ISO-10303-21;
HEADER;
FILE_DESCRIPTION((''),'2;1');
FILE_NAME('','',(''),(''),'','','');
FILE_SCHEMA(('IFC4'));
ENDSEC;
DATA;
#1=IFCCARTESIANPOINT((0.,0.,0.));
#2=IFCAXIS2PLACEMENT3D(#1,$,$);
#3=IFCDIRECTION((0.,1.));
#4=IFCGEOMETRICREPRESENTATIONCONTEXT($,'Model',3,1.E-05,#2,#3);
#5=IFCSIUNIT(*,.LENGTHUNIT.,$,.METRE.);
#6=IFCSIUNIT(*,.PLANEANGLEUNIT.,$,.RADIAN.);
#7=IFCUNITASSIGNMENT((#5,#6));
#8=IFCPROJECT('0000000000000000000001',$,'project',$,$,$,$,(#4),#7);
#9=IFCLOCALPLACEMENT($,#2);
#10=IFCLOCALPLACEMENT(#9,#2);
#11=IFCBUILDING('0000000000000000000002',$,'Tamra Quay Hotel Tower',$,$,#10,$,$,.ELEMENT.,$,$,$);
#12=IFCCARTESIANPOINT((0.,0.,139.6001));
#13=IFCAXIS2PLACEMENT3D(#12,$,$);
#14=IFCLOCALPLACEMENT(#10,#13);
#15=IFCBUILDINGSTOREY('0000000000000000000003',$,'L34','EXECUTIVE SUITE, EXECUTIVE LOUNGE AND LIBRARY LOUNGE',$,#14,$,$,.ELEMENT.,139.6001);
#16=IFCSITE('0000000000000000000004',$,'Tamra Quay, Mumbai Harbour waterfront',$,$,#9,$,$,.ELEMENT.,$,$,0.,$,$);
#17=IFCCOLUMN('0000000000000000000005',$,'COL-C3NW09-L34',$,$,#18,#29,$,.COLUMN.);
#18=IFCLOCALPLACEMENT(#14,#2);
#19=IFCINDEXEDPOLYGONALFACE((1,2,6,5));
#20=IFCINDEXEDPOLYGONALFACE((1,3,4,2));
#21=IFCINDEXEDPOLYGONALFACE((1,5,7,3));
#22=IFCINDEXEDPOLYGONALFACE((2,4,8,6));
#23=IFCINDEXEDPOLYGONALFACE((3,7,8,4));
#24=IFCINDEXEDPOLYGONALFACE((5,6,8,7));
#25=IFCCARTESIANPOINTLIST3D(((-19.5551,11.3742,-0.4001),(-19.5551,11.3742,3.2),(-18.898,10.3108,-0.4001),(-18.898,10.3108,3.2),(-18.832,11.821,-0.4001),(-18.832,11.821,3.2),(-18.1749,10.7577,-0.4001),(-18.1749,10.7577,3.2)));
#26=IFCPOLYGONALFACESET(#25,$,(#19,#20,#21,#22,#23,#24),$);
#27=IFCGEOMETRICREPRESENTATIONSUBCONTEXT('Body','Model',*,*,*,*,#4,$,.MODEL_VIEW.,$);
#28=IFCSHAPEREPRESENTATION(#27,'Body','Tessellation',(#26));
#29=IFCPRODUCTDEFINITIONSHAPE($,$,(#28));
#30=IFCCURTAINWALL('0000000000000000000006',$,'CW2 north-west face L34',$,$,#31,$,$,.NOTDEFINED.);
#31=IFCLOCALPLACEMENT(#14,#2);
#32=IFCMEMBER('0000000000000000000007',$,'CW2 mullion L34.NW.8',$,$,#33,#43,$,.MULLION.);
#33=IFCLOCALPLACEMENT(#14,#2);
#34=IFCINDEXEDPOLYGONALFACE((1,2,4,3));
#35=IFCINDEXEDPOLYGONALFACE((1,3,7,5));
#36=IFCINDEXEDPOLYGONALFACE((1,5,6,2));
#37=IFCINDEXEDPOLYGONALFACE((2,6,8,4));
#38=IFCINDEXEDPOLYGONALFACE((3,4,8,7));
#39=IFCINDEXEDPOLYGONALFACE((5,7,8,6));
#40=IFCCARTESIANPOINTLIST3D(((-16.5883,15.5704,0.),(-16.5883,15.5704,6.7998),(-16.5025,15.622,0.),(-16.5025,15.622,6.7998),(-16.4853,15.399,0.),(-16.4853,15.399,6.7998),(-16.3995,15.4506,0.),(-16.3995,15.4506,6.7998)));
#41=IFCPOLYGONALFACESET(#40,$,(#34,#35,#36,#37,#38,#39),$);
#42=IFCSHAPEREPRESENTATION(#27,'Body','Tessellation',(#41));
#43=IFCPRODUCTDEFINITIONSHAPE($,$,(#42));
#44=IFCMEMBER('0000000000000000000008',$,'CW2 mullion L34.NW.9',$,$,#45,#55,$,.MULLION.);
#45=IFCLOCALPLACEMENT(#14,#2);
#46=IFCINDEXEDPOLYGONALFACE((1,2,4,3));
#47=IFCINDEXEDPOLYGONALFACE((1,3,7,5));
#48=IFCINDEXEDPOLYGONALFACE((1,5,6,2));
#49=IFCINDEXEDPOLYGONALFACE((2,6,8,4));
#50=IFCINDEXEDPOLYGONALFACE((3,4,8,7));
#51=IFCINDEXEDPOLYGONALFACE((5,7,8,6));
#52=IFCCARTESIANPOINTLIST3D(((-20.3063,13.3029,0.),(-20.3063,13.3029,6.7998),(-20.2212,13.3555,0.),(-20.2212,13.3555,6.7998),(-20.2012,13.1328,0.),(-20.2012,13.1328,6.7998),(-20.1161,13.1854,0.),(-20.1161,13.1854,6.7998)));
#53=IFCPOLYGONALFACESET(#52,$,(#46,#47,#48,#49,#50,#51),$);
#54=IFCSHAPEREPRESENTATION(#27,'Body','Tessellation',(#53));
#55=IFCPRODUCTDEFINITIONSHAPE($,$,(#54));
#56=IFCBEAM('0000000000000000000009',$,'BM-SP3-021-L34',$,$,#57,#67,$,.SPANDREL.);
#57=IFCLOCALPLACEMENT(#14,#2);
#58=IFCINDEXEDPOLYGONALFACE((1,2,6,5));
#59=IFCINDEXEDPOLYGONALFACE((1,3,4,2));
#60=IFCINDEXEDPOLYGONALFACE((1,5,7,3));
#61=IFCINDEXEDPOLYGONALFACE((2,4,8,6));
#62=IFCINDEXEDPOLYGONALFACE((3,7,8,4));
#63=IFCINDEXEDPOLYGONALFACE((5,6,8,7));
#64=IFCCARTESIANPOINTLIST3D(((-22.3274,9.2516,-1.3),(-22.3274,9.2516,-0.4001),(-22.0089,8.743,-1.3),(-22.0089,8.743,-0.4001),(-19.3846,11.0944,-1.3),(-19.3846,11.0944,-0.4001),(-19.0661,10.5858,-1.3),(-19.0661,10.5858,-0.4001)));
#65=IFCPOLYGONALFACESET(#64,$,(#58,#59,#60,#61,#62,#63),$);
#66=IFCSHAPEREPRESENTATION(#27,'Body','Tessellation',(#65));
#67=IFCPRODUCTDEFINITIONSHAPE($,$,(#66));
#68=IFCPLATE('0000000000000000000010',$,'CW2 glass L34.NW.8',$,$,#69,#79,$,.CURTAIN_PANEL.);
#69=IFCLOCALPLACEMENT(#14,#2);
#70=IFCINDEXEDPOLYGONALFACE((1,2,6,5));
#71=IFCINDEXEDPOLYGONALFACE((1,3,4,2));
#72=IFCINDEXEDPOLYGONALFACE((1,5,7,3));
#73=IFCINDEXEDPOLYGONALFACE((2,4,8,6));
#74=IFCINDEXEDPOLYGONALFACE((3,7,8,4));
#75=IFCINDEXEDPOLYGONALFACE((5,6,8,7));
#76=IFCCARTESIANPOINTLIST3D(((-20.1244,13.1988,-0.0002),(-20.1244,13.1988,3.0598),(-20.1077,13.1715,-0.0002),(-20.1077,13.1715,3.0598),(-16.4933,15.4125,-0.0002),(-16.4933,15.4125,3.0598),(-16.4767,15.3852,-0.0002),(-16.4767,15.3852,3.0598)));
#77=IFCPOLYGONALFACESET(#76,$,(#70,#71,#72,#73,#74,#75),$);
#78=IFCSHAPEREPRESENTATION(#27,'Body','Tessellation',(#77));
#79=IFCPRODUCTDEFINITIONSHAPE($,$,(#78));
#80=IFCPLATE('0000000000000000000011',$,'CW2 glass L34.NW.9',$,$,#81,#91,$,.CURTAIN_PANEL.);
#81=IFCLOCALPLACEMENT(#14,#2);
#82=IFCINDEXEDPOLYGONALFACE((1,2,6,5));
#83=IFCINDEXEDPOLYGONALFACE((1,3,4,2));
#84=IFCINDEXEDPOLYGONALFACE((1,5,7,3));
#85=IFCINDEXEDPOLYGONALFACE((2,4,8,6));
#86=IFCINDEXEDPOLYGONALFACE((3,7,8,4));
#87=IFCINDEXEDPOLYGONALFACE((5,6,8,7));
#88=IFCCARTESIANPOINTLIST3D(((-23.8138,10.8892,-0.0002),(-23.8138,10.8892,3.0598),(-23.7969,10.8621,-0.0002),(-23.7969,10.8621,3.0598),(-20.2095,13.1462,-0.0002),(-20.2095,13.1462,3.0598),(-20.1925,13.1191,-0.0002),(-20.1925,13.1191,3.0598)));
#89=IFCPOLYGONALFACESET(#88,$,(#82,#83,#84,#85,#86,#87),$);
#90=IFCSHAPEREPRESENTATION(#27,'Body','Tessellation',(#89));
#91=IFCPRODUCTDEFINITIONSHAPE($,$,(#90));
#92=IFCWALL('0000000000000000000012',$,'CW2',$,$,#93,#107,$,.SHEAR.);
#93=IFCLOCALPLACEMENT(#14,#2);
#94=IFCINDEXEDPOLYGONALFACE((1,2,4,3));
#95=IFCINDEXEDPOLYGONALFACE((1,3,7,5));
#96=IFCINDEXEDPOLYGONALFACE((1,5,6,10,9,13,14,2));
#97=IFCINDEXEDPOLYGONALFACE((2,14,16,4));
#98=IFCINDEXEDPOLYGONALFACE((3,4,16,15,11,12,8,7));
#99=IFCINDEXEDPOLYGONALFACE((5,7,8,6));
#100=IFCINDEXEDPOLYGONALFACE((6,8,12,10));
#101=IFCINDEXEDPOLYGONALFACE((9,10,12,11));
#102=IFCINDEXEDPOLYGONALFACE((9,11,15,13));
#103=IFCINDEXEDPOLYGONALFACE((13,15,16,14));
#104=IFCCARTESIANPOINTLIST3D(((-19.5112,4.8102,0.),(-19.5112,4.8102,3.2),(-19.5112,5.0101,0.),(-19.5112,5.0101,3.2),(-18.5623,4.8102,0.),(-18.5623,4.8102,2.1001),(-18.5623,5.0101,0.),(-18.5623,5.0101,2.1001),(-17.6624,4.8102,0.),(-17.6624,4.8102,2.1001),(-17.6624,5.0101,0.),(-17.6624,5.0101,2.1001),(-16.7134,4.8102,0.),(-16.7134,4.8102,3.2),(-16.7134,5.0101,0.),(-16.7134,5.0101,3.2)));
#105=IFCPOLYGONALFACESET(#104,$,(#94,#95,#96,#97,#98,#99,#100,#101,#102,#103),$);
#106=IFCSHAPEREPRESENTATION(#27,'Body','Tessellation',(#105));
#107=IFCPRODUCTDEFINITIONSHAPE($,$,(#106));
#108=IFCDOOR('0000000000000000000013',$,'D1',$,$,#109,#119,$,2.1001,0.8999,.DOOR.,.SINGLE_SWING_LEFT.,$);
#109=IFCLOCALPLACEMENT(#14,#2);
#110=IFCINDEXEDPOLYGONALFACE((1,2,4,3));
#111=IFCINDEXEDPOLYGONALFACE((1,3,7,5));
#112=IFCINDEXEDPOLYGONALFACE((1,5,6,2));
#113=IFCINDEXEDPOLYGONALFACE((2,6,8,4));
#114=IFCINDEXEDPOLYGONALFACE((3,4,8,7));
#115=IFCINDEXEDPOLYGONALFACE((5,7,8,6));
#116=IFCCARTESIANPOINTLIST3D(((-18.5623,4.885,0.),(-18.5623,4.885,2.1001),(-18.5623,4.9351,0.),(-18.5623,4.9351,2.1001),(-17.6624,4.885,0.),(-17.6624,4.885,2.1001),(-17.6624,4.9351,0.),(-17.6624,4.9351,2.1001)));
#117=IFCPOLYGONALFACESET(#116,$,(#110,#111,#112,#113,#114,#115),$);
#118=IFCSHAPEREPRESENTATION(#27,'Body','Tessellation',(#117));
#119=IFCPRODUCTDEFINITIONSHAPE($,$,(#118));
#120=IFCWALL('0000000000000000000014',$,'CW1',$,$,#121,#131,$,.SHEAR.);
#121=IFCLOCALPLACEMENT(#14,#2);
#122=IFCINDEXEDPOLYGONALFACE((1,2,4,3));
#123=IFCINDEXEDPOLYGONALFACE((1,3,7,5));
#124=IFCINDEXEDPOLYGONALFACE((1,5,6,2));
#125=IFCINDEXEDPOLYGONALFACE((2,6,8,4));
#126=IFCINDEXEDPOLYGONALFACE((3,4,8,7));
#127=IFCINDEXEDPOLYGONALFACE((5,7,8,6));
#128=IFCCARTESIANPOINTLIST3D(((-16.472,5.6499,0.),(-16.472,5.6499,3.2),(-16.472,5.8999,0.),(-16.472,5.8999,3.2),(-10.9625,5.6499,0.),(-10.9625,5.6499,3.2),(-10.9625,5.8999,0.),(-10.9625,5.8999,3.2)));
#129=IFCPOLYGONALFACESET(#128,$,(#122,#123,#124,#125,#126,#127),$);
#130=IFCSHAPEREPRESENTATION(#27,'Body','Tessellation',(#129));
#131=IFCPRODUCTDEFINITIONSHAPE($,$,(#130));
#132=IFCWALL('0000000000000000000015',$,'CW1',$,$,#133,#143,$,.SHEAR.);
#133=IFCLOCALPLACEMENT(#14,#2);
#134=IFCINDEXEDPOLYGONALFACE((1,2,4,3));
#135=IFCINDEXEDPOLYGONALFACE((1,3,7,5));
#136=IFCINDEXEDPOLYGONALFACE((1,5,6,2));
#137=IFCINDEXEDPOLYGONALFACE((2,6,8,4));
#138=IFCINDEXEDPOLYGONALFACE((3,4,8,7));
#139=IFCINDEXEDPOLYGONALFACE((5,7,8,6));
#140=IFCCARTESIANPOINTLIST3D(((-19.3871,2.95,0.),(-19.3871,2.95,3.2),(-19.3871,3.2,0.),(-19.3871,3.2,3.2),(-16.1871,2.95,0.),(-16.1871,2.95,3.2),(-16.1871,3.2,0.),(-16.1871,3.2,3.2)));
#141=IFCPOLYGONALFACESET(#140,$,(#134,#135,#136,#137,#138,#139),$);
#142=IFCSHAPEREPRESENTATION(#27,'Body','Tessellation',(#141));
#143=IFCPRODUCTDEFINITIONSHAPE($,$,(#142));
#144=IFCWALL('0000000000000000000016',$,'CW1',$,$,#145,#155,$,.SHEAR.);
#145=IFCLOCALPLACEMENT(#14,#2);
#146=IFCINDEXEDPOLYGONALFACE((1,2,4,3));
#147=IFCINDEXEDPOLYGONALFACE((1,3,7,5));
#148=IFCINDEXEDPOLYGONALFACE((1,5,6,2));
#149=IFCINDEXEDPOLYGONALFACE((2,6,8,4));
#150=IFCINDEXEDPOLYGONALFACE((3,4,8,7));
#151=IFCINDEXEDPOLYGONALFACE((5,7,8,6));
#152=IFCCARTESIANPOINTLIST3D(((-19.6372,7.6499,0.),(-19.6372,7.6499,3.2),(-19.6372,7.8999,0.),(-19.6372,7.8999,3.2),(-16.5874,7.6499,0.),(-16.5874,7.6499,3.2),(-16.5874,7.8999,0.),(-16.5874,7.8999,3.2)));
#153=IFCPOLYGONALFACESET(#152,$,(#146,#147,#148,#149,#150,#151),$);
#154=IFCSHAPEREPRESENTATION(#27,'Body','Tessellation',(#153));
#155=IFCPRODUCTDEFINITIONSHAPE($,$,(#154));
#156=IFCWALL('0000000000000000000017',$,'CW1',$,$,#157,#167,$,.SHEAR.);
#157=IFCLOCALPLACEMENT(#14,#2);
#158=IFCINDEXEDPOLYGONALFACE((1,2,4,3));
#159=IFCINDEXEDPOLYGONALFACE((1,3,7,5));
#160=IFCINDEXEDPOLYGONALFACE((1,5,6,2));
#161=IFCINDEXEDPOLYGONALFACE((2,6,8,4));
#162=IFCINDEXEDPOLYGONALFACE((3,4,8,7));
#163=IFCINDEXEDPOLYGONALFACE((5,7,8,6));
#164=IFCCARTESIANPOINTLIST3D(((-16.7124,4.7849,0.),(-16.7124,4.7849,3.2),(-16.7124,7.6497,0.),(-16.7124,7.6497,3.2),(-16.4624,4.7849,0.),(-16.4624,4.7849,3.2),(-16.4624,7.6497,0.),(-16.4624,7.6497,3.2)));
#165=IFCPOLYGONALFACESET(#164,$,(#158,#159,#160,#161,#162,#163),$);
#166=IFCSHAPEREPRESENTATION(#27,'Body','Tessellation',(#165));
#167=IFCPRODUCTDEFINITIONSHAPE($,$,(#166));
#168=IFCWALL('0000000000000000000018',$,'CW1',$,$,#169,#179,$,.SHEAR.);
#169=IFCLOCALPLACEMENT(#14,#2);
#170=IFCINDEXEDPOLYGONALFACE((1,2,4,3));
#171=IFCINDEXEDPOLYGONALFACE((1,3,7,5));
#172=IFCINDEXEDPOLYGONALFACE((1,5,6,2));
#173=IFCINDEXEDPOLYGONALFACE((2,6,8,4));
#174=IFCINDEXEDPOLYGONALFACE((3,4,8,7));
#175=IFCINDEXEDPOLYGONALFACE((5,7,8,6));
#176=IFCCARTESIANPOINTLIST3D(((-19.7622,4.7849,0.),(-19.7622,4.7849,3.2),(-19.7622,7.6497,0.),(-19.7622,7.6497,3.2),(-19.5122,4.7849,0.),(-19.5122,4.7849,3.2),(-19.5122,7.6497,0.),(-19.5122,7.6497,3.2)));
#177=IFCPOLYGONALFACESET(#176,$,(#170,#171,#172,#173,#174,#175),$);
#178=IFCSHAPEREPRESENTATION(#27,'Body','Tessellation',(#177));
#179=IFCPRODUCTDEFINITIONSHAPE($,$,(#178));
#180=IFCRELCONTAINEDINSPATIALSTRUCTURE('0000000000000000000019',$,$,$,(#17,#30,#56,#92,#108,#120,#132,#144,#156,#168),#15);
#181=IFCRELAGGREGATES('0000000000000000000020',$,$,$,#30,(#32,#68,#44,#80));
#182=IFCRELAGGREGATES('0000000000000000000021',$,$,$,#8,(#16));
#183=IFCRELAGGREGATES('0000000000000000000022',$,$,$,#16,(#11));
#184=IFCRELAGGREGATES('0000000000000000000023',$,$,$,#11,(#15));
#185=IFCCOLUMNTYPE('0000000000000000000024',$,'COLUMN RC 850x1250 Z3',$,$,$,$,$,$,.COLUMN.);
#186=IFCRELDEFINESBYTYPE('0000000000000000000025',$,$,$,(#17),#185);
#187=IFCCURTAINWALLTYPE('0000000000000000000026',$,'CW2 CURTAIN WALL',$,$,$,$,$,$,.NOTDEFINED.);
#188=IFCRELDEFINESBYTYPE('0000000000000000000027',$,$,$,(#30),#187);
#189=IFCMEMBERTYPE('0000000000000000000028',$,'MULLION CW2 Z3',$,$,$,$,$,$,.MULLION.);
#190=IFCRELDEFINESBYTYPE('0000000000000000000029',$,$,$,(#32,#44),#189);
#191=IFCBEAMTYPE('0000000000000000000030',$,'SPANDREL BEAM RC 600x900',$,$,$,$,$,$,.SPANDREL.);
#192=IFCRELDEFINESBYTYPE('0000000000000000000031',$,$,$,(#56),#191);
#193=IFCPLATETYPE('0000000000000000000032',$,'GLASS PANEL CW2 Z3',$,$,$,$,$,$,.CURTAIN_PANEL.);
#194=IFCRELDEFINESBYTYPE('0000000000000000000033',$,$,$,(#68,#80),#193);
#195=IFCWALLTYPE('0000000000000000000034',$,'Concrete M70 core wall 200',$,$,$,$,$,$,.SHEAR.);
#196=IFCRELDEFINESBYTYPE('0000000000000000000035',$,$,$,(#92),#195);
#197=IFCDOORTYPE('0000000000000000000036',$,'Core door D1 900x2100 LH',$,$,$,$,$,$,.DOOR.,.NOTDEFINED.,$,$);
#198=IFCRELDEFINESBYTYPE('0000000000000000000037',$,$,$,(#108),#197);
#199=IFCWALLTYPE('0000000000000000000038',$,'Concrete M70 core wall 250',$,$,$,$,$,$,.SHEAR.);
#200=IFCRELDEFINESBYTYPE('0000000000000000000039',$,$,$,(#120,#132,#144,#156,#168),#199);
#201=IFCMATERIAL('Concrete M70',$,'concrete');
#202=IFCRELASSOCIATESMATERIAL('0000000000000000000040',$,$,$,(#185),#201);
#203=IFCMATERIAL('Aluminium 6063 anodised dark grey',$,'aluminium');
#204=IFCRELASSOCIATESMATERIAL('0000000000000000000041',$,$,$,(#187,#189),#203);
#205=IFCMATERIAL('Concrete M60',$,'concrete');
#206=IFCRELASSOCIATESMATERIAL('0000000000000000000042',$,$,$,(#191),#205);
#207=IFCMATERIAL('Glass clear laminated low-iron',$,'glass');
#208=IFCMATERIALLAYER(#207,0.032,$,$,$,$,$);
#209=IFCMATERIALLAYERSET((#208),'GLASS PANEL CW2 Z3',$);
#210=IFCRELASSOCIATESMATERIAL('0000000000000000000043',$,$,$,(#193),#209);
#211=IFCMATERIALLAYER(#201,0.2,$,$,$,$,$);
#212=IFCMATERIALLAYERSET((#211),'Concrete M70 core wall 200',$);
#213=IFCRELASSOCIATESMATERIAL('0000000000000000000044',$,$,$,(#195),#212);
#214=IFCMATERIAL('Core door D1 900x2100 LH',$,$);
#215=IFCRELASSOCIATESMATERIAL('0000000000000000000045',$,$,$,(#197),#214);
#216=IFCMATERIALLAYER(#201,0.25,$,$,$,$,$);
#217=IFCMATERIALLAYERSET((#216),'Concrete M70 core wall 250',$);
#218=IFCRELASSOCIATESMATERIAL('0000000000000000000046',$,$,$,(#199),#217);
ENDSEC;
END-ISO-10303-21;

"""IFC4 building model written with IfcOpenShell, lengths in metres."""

from ifc_helpers import new_model, si_unit, direction, frame, frame_2d, origin, origin_2d, place, context, subcontext, project, spatial, rectangle, extrude, material, layer, layer_set, material_profile, profile_set, type_object, element, fill, aggregate, save


model = new_model("IFC4")

# Units and contexts
model_context = context("Model", 3, precision=1e-05, world=origin(), true_north=direction((0.0, 1.0)))
body_context = subcontext(model_context, "Body", "Model", "MODEL_VIEW")
ifc_project = project(units=[si_unit("LENGTHUNIT", "METRE"), si_unit("PLANEANGLEUNIT", "RADIAN")], contexts=[model_context])

# Site, building, storey
site_placement = place(None, origin())
site = spatial("IfcSite", under=ifc_project, at=site_placement, Name="Tamra Quay, Mumbai Harbour waterfront", CompositionType="ELEMENT", RefElevation=0.0)
building_placement = place(site_placement, origin())
building = spatial("IfcBuilding", under=site, at=building_placement, Name="Tamra Quay Hotel Tower", CompositionType="ELEMENT")
storey_placement = place(building_placement, frame((0.0, 0.0, 139.6001)))
storey = spatial("IfcBuildingStorey", under=building, at=storey_placement, Name="L34", Description="EXECUTIVE SUITE, EXECUTIVE LOUNGE AND LIBRARY LOUNGE", CompositionType="ELEMENT", Elevation=139.6001)

# Column
ifc_material_1 = material(Name="Concrete M70", Category="concrete")
ifc_material_profile_1 = material_profile(ifc_material_1, rectangle(XDim=1.25, YDim=0.8501, at=origin_2d()), Name="COLUMN RC 850x1250 Z3")
ifc_profile_set_1 = profile_set([ifc_material_profile_1], Name="Concrete M70")
column_type = type_object("IfcColumnType", Name="COLUMN RC 850x1250 Z3", PredefinedType="COLUMN", material=ifc_profile_set_1)
column_placement = place(storey_placement, frame((-18.865, 11.0659, -0.4001), z_axis=(0.0, 0.0, 1.0), x_axis=(-0.525677, 0.850685, 0.0)))
element("IfcColumn", 1, at=column_placement, inside=storey, type_object=column_type, Name="COL-C3NW09-L34", PredefinedType="COLUMN", context=body_context, shape_type="SweptSolid", body=[
    extrude(rectangle(XDim=1.25, YDim=0.8501, at=origin_2d()), origin(), (0.0, 0.0, 1.0), 3.6001),
])

# Curtain wall, members
ifc_material_2 = material(Name="Aluminium 6063 anodised dark grey", Category="aluminium")
curtain_wall_type = type_object("IfcCurtainWallType", Name="CW2 CURTAIN WALL", PredefinedType="NOTDEFINED", material=ifc_material_2)
curtain_wall_placement = place(storey_placement, origin())
curtain_wall = element("IfcCurtainWall", 2, at=curtain_wall_placement, inside=storey, type_object=curtain_wall_type, Name="CW2 north-west face L34", PredefinedType="NOTDEFINED")
ifc_material_profile_2 = material_profile(ifc_material_2, rectangle(XDim=0.2, YDim=0.1001, at=origin_2d()), Name="MULLION 100X200")
ifc_profile_set_2 = profile_set([ifc_material_profile_2], Name="Aluminium 6063 anodised dark grey")
member_type = type_object("IfcMemberType", Name="MULLION CW2 Z3", PredefinedType="MULLION", material=ifc_profile_set_2)
member_1_placement = place(storey_placement, frame((-16.4939, 15.5105, 0.0), z_axis=(0.0, 0.0, 1.0), x_axis=(-0.515445, 0.856923, 0.0)))
member_1 = element("IfcMember", 3, at=member_1_placement, type_object=member_type, Name="CW2 mullion L34.NW.8", PredefinedType="MULLION", context=body_context, shape_type="SweptSolid", body=[
    extrude(rectangle(XDim=0.2, YDim=0.1001, at=origin_2d()), origin(), (0.0, 0.0, 1.0), 6.7998),
])
member_2_placement = place(storey_placement, frame((-20.2112, 13.2441, 0.0), z_axis=(0.0, 0.0, 1.0), x_axis=(-0.525646, 0.850703, 0.0)))
member_2 = element("IfcMember", 4, at=member_2_placement, type_object=member_type, Name="CW2 mullion L34.NW.9", PredefinedType="MULLION", context=body_context, shape_type="SweptSolid", body=[
    extrude(rectangle(XDim=0.2, YDim=0.1001, at=origin_2d()), origin(), (0.0, 0.0, 1.0), 6.7998),
])

# Beam
ifc_material_3 = material(Name="Concrete M60", Category="concrete")
ifc_material_profile_3 = material_profile(ifc_material_3, rectangle(XDim=0.6001, YDim=0.8999, at=origin_2d()), Name="SPANDREL BEAM RC 600x900")
ifc_profile_set_3 = profile_set([ifc_material_profile_3], Name="Concrete M60")
beam_type = type_object("IfcBeamType", Name="SPANDREL BEAM RC 600x900", PredefinedType="SPANDREL", material=ifc_profile_set_3)
beam_placement = place(storey_placement, frame((-19.2253, 10.8401, -0.8501), z_axis=(-0.847548, -0.530719, 0.0), x_axis=(0.530719, -0.847548, 0.0)))
element("IfcBeam", 5, at=beam_placement, inside=storey, type_object=beam_type, Name="BM-SP3-021-L34", PredefinedType="SPANDREL", context=body_context, shape_type="SweptSolid", body=[
    extrude(rectangle(XDim=0.6001, YDim=0.8999, at=origin_2d()), origin(), (0.0, 0.0, 1.0), 3.4722),
])

# Plates
ifc_material_4 = material(Name="Glass clear laminated low-iron", Category="glass")
ifc_layer_1 = layer(ifc_material_4, 0.032)
ifc_layer_set_1 = layer_set([ifc_layer_1], Name="GLASS PANEL CW2 Z3")
plate_type = type_object("IfcPlateType", Name="GLASS PANEL CW2 Z3", PredefinedType="CURTAIN_PANEL", material=ifc_layer_set_1)
plate_1_placement = place(storey_placement, frame((-18.3005, 14.292, -0.0002), z_axis=(0.0, 0.0, 1.0), x_axis=(-0.85383, -0.520552, 0.0)))
plate_1 = element("IfcPlate", 6, at=plate_1_placement, type_object=plate_type, Name="CW2 glass L34.NW.8", PredefinedType="CURTAIN_PANEL", context=body_context, shape_type="SweptSolid", body=[
    extrude(rectangle(XDim=4.2527, YDim=0.032, at=origin_2d()), origin(), (0.0, 0.0, 1.0), 3.0601),
])
plate_2_placement = place(storey_placement, frame((-22.0032, 12.0042, -0.0002), z_axis=(0.0, 0.0, 1.0), x_axis=(-0.847546, -0.530722, 0.0)))
plate_2 = element("IfcPlate", 7, at=plate_2_placement, type_object=plate_type, Name="CW2 glass L34.NW.9", PredefinedType="CURTAIN_PANEL", context=body_context, shape_type="SweptSolid", body=[
    extrude(rectangle(XDim=4.2527, YDim=0.032, at=origin_2d()), origin(), (0.0, 0.0, 1.0), 3.0601),
])
aggregate(curtain_wall, [member_1, plate_1, member_2, plate_2])

# Wall, opening, door
ifc_layer_2 = layer(ifc_material_1, 0.2)
ifc_layer_set_2 = layer_set([ifc_layer_2], Name="Concrete M70 core wall 200")
wall_type_1 = type_object("IfcWallType", Name="Concrete M70 core wall 200", PredefinedType="SHEAR", material=ifc_layer_set_2)
wall_1_placement = place(storey_placement, frame((-19.5112, 4.9102, 0.0), z_axis=(0.0, 0.0, 1.0), x_axis=(1.0, 0.0, 0.0)))
wall_1 = element("IfcWall", 8, at=wall_1_placement, inside=storey, type_object=wall_type_1, Name="CW2", PredefinedType="SHEAR", context=body_context, shape_type="SweptSolid", body=[
    extrude(rectangle(XDim=2.7979, YDim=0.2, at=frame_2d((1.3989, 0.0))), origin(), (0.0, 0.0, 1.0), 3.2),
])
opening_1_placement = place(wall_1_placement, frame((0.949, 0.0, 0.0)))
opening_1 = element("IfcOpeningElement", 9, at=opening_1_placement, cuts=wall_1, PredefinedType="OPENING", context=body_context, shape_type="SweptSolid", body=[
    extrude(rectangle(XDim=0.8999, YDim=2.1001, at=frame_2d((0.45, 1.05))), frame((0.0, 0.1099, 0.0), z_axis=(0.0, -1.0, 0.0), x_axis=(1.0, 0.0, 0.0)), (0.0, 0.0, 1.0), 0.22),
])
ifc_material_5 = material(Name="Core door D1 900x2100 LH")
door_type_1 = type_object("IfcDoorType", Name="Core door D1 900x2100 LH", OperationType="NOTDEFINED", PredefinedType="DOOR", material=ifc_material_5)
door_1_placement = place(opening_1_placement, origin())
door_1 = element("IfcDoor", 10, at=door_1_placement, inside=storey, type_object=door_type_1, Name="D1", OperationType="SINGLE_SWING_LEFT", OverallHeight=2.1001, OverallWidth=0.8999, PredefinedType="DOOR", context=body_context, shape_type="SweptSolid", body=[
    extrude(rectangle(XDim=0.8999, YDim=2.1001, at=frame_2d((0.45, 1.05))), frame((0.0, 0.0249, 0.0), z_axis=(0.0, -1.0, 0.0), x_axis=(1.0, 0.0, 0.0)), (0.0, 0.0, 1.0), 0.05),
])
fill(opening_1, door_1)

# Walls
ifc_layer_3 = layer(ifc_material_1, 0.25)
ifc_layer_set_3 = layer_set([ifc_layer_3], Name="Concrete M70 core wall 250")
wall_type_2 = type_object("IfcWallType", Name="Concrete M70 core wall 250", PredefinedType="SHEAR", material=ifc_layer_set_3)
wall_2_placement = place(storey_placement, frame((-16.4722, 5.7749, 0.0), z_axis=(0.0, 0.0, 1.0), x_axis=(1.0, 0.0, 0.0)))
element("IfcWall", 11, at=wall_2_placement, inside=storey, type_object=wall_type_2, Name="CW1", PredefinedType="SHEAR", context=body_context, shape_type="SweptSolid", body=[
    extrude(rectangle(XDim=5.5095, YDim=0.25, at=frame_2d((2.7549, 0.0))), origin(), (0.0, 0.0, 1.0), 3.2),
])
wall_3_placement = place(storey_placement, frame((-19.3872, 3.075, 0.0), z_axis=(0.0, 0.0, 1.0), x_axis=(1.0, 0.0, 0.0)))
element("IfcWall", 12, at=wall_3_placement, inside=storey, type_object=wall_type_2, Name="CW1", PredefinedType="SHEAR", context=body_context, shape_type="SweptSolid", body=[
    extrude(rectangle(XDim=3.2, YDim=0.25, at=frame_2d((1.6001, 0.0))), origin(), (0.0, 0.0, 1.0), 3.2),
])
wall_4_placement = place(storey_placement, frame((-19.6372, 7.7749, 0.0), z_axis=(0.0, 0.0, 1.0), x_axis=(1.0, 0.0, 0.0)))
element("IfcWall", 13, at=wall_4_placement, inside=storey, type_object=wall_type_2, Name="CW1", PredefinedType="SHEAR", context=body_context, shape_type="SweptSolid", body=[
    extrude(rectangle(XDim=3.0498, YDim=0.25, at=frame_2d((1.5249, 0.0))), origin(), (0.0, 0.0, 1.0), 3.2),
])
for number, where, z_axis, x_axis, name in (
    (14, (-16.5874, 7.6497, 0.0), (0.0, 0.0, 1.0), (0.0, -1.0, 0.0), "CW1"),
    (15, (-19.6372, 4.7849, 0.0), (0.0, 0.0, 1.0), (0.0, 1.0, 0.0), "CW1"),
):
    element("IfcWall", number, at=place(storey_placement, frame(where, z_axis=z_axis, x_axis=x_axis)), inside=storey, type_object=wall_type_2, Name=name, PredefinedType="SHEAR", context=body_context, shape_type="SweptSolid", body=[
        extrude(rectangle(XDim=2.8647, YDim=0.25, at=frame_2d((1.4324, 0.0))), origin(), (0.0, 0.0, 1.0), 3.2),
    ])

save(model, "model.ifc")
